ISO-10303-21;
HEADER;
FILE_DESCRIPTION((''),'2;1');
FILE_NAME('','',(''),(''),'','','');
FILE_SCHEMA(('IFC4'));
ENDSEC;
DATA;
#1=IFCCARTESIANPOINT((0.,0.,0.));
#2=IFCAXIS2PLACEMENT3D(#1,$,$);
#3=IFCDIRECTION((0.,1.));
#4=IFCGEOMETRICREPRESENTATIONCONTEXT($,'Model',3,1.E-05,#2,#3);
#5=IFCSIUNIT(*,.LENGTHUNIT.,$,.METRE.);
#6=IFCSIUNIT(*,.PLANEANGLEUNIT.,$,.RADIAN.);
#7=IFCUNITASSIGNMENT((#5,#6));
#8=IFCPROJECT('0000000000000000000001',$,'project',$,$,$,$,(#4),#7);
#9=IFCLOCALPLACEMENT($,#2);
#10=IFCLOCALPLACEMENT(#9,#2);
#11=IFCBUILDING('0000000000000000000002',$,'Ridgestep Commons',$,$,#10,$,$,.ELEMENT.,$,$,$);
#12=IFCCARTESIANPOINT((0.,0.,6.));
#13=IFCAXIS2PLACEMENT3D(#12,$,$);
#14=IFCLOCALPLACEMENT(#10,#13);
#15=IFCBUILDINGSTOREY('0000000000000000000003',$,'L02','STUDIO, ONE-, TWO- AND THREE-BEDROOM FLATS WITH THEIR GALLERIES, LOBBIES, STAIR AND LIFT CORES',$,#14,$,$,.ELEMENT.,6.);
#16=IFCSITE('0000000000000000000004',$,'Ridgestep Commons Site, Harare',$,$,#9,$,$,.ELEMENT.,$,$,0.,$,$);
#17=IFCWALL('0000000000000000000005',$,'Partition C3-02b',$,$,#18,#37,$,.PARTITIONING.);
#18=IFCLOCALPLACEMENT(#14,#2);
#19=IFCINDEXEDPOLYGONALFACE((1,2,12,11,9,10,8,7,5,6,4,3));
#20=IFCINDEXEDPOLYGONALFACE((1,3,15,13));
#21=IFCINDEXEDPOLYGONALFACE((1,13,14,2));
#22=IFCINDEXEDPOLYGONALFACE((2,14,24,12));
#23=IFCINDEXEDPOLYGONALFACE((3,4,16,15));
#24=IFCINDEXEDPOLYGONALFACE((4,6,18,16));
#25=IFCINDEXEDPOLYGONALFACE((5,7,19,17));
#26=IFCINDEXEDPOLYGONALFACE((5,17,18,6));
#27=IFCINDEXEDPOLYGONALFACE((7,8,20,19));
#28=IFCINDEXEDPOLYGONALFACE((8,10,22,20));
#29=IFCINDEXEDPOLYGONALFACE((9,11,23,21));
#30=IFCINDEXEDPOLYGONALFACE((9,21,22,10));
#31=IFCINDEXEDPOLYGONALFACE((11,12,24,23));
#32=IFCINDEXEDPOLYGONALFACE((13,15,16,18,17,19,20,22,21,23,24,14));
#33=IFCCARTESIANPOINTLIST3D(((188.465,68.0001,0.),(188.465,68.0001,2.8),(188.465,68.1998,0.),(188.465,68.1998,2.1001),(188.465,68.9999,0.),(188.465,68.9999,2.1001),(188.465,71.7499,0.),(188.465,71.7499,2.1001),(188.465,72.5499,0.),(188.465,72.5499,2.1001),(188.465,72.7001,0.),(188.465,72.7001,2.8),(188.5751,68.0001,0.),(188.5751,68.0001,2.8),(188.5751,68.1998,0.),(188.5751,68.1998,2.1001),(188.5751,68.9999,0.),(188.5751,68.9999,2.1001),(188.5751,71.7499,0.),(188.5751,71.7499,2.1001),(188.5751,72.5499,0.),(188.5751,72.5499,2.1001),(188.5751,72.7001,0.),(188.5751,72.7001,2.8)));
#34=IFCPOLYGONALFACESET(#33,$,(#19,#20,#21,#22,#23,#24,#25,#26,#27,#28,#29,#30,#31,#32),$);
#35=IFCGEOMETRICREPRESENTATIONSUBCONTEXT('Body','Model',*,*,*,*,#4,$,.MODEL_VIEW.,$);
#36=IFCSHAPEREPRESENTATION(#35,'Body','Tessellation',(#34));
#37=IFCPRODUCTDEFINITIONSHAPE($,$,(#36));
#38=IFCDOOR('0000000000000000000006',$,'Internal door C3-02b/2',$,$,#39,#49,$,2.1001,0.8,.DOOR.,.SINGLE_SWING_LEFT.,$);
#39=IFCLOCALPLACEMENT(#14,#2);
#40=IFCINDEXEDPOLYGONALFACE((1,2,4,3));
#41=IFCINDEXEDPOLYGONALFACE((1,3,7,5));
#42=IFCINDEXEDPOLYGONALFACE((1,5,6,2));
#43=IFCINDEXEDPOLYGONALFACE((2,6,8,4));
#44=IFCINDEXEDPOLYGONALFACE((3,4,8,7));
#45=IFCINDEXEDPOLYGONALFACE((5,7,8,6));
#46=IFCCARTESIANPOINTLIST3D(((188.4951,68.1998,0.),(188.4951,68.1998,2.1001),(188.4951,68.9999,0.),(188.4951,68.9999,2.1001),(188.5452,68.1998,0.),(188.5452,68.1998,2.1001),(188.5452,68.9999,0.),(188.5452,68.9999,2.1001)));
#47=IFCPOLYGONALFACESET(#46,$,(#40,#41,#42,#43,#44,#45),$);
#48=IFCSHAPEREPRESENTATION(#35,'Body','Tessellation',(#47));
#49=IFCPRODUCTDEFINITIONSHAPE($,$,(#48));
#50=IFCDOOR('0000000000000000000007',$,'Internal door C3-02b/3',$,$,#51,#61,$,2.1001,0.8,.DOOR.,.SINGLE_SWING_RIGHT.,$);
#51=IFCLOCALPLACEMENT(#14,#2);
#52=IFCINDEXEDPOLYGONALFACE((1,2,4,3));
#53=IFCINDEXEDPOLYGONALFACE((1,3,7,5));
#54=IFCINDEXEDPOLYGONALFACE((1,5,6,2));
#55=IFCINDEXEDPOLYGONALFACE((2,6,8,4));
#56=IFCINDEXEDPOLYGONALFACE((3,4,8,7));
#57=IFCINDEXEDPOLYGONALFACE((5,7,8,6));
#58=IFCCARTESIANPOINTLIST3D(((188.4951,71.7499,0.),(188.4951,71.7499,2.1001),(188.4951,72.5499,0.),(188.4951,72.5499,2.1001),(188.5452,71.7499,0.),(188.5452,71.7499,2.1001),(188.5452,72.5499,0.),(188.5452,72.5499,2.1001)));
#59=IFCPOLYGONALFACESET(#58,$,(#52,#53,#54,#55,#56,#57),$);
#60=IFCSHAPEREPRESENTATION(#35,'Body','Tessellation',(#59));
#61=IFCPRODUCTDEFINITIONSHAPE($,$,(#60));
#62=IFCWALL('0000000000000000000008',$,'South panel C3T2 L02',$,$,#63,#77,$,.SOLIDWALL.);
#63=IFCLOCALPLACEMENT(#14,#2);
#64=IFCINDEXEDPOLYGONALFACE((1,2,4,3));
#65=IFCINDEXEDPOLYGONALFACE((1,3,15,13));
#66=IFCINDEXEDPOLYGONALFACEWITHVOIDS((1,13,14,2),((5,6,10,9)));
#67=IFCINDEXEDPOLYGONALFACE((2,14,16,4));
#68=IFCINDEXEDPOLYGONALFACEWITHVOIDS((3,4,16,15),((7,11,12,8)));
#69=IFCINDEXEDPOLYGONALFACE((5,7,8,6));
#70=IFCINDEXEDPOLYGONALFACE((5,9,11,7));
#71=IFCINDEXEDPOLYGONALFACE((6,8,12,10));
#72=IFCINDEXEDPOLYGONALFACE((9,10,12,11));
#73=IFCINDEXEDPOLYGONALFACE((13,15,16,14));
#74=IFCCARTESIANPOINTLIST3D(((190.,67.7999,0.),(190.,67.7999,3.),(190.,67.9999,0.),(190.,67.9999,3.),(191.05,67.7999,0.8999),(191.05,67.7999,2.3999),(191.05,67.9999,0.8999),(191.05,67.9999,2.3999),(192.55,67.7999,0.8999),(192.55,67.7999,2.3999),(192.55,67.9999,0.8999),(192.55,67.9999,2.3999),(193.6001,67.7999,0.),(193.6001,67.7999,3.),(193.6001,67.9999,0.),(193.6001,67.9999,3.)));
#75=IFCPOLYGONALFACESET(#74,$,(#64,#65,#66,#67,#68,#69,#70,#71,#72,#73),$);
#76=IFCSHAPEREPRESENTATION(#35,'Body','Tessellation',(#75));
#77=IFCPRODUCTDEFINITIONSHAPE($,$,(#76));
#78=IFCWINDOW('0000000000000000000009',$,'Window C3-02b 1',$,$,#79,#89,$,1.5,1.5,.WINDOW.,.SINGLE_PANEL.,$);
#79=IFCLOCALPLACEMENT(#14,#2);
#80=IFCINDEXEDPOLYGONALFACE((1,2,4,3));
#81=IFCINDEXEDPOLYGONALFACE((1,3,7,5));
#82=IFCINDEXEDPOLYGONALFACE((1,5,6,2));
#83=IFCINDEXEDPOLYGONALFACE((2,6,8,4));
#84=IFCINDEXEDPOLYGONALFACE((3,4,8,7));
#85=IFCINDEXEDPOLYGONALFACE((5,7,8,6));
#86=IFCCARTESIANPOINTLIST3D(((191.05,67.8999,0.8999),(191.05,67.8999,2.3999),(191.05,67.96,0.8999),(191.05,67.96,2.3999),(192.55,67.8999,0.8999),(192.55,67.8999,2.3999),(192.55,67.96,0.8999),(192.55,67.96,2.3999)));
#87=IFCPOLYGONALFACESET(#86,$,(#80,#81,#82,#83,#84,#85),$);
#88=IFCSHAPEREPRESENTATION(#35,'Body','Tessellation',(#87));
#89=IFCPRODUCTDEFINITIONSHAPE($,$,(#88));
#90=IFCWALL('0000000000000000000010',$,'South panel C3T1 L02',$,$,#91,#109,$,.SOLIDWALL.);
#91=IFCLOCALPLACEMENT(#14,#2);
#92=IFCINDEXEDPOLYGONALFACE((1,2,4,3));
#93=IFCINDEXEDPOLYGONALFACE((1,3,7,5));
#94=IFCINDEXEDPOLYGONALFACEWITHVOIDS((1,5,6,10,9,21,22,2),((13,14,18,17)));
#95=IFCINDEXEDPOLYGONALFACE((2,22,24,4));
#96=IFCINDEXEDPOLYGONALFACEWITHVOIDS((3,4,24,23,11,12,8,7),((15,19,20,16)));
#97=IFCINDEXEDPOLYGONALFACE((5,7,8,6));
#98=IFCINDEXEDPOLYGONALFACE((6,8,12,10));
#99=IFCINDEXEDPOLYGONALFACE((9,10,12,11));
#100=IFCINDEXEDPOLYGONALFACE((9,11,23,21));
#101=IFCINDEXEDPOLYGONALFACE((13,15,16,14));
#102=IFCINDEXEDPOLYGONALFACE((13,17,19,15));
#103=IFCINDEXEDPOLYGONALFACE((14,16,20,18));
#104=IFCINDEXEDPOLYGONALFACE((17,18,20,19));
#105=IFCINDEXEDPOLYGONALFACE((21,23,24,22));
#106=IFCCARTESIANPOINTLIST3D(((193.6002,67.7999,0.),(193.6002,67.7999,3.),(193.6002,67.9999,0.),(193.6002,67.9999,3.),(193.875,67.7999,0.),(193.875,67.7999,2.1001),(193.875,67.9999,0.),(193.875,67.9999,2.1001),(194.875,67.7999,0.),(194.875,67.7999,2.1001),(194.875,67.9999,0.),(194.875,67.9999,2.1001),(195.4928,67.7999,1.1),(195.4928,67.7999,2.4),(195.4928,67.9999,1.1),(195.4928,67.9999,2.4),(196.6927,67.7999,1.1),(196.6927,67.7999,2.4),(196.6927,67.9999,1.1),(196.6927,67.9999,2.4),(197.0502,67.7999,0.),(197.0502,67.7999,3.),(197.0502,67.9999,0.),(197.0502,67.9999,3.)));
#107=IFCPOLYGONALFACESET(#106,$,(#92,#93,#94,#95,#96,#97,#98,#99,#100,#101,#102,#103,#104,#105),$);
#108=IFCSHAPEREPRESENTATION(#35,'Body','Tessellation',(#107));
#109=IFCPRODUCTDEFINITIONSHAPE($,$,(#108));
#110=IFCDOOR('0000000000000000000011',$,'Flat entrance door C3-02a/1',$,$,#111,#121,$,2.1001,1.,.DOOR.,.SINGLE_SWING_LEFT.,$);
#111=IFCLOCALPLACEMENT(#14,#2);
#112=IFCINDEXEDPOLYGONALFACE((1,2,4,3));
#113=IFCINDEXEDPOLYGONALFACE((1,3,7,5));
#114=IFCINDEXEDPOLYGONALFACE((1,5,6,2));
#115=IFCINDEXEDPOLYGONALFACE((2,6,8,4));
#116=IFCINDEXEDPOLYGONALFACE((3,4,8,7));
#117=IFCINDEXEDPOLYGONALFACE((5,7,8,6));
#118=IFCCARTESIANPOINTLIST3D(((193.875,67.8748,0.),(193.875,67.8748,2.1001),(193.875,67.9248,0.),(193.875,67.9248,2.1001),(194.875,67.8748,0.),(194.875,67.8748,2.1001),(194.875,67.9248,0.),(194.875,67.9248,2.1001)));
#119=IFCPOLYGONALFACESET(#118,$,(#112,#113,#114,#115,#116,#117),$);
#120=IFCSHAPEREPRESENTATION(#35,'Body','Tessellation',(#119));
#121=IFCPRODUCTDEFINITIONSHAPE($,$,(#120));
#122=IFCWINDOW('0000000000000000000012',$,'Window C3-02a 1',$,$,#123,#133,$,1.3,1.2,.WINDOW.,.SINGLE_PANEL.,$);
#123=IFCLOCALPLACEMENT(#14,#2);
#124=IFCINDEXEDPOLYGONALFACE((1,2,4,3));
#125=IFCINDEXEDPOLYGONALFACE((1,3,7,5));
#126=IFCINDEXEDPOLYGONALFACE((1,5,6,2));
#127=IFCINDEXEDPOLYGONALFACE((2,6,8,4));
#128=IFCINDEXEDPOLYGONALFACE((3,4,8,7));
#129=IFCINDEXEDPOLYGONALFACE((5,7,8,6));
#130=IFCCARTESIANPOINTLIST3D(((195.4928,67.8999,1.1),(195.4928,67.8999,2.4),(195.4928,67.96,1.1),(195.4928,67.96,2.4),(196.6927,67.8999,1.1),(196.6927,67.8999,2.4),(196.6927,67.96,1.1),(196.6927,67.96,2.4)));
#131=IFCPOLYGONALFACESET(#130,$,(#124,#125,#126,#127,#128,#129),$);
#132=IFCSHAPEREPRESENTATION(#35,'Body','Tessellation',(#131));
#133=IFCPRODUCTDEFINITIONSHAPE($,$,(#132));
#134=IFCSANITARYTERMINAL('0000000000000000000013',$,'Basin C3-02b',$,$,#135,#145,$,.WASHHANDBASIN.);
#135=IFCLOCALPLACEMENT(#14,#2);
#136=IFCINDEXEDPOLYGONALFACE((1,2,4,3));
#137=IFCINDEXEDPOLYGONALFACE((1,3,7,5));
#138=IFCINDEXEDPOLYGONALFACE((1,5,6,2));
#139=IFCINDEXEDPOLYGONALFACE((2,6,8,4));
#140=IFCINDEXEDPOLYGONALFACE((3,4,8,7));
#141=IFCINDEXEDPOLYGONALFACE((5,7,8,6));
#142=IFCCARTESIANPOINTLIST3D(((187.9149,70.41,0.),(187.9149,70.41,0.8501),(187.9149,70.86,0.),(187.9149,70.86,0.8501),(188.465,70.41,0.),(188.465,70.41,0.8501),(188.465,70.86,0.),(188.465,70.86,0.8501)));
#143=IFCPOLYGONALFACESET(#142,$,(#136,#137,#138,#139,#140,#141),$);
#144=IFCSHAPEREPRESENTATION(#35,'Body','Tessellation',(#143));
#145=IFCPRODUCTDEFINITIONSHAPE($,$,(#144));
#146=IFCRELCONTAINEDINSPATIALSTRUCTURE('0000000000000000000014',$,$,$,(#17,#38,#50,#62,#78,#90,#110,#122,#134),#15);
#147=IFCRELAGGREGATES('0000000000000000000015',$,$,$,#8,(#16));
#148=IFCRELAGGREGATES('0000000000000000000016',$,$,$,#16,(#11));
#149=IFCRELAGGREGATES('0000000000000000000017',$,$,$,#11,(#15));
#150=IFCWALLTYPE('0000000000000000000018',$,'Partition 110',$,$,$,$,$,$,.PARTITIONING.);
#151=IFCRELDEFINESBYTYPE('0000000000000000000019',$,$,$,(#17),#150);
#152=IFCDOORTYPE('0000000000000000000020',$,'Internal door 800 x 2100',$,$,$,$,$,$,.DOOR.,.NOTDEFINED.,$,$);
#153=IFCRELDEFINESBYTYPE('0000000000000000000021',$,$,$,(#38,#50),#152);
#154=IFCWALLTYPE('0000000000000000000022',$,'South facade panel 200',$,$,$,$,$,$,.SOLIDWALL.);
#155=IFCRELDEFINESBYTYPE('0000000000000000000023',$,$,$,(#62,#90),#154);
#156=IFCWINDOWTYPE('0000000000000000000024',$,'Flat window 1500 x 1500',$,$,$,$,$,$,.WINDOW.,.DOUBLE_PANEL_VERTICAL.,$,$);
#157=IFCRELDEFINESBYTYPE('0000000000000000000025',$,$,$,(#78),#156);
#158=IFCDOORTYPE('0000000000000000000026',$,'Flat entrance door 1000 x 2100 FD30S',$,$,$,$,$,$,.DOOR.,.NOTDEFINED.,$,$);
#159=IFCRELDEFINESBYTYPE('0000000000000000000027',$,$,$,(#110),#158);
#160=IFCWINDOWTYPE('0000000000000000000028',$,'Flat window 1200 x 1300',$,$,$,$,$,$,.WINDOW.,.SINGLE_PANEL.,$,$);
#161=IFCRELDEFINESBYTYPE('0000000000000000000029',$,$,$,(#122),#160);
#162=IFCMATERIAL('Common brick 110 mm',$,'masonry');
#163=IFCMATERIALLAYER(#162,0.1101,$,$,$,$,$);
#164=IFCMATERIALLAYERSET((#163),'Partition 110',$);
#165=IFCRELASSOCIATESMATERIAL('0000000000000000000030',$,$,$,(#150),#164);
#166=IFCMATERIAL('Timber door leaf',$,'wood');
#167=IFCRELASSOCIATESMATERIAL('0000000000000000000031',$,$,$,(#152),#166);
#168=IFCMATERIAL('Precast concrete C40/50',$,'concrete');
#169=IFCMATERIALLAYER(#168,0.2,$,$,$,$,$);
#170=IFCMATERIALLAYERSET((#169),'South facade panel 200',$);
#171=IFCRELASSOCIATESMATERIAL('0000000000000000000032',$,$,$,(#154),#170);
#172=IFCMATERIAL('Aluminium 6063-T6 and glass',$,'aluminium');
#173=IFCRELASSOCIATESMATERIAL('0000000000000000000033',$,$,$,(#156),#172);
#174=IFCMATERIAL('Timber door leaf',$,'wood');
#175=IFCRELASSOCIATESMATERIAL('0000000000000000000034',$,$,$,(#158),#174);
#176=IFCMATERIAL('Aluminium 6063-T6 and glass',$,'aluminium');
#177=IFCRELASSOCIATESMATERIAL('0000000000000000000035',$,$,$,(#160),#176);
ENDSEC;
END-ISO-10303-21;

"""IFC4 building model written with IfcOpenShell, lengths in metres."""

from ifc_helpers import new_model, si_unit, direction, frame, frame_2d, origin, origin_2d, place, context, subcontext, project, spatial, rectangle, extrude, material, layer, layer_set, type_object, element, fill, save


model = new_model("IFC4")

# Units and contexts
model_context = context("Model", 3, precision=1e-05, world=origin(), true_north=direction((0.0, 1.0)))
body_context = subcontext(model_context, "Body", "Model", "MODEL_VIEW")
ifc_project = project(units=[si_unit("LENGTHUNIT", "METRE"), si_unit("PLANEANGLEUNIT", "RADIAN")], contexts=[model_context])

# Site, building, storey
site_placement = place(None, origin())
site = spatial("IfcSite", under=ifc_project, at=site_placement, Name="Ridgestep Commons Site, Harare", CompositionType="ELEMENT", RefElevation=0.0)
building_placement = place(site_placement, origin())
building = spatial("IfcBuilding", under=site, at=building_placement, Name="Ridgestep Commons", CompositionType="ELEMENT")
storey_placement = place(building_placement, frame((0.0, 0.0, 6.0)))
storey = spatial("IfcBuildingStorey", under=building, at=storey_placement, Name="L02", Description="STUDIO, ONE-, TWO- AND THREE-BEDROOM FLATS WITH THEIR GALLERIES, LOBBIES, STAIR AND LIFT CORES", CompositionType="ELEMENT", Elevation=6.0)

# Shared definitions
ifc_material_1 = material(Name="Common brick 110 mm", Category="masonry")
ifc_layer_1 = layer(ifc_material_1, 0.1101)
ifc_layer_set_1 = layer_set([ifc_layer_1], Name="Partition 110")
wall_type_1 = type_object("IfcWallType", Name="Partition 110", PredefinedType="PARTITIONING", material=ifc_layer_set_1)
ifc_material_2 = material(Name="Timber door leaf", Category="wood")
door_type_1 = type_object("IfcDoorType", Name="Internal door 800 x 2100", OperationType="NOTDEFINED", PredefinedType="DOOR", material=ifc_material_2)

# Wall, openings, doors
wall_1_placement = place(storey_placement, frame((188.52, 68.0, 0.0), z_axis=(0.0, 0.0, 1.0), x_axis=(0.0, 1.0, 0.0)))
wall_1 = element("IfcWall", 1, at=wall_1_placement, inside=storey, type_object=wall_type_1, Name="Partition C3-02b", PredefinedType="PARTITIONING", context=body_context, shape_type="SweptSolid", body=[
    extrude(rectangle(XDim=4.7, YDim=0.1101, at=frame_2d((2.3501, 0.0))), origin(), (0.0, 0.0, 1.0), 2.8),
])
opening_1_placement = place(wall_1_placement, frame((0.2, 0.0, 0.0)))
opening_1 = element("IfcOpeningElement", 2, at=opening_1_placement, cuts=wall_1, PredefinedType="OPENING", context=body_context, shape_type="SweptSolid", body=[
    extrude(rectangle(XDim=0.8, YDim=2.1001, at=frame_2d((0.3999, 1.05))), frame((0.0, 0.0649, 0.0), z_axis=(0.0, -1.0, 0.0), x_axis=(1.0, 0.0, 0.0)), (0.0, 0.0, 1.0), 0.1301),
])
opening_2_placement = place(wall_1_placement, frame((3.75, 0.0, 0.0)))
opening_2 = element("IfcOpeningElement", 3, at=opening_2_placement, cuts=wall_1, PredefinedType="OPENING", context=body_context, shape_type="SweptSolid", body=[
    extrude(rectangle(XDim=0.8, YDim=2.1001, at=frame_2d((0.3999, 1.05))), frame((0.0, 0.0649, 0.0), z_axis=(0.0, -1.0, 0.0), x_axis=(1.0, 0.0, 0.0)), (0.0, 0.0, 1.0), 0.1301),
])
door_1_placement = place(opening_1_placement, origin())
door_1 = element("IfcDoor", 4, at=door_1_placement, inside=storey, type_object=door_type_1, Name="Internal door C3-02b/2", OperationType="SINGLE_SWING_LEFT", OverallHeight=2.1001, OverallWidth=0.8, PredefinedType="DOOR", context=body_context, shape_type="SweptSolid", body=[
    extrude(rectangle(XDim=0.8, YDim=2.1001, at=frame_2d((0.3999, 1.05))), frame((0.0, 0.0249, 0.0), z_axis=(0.0, -1.0, 0.0), x_axis=(1.0, 0.0, 0.0)), (0.0, 0.0, 1.0), 0.05),
])
fill(opening_1, door_1)
door_2_placement = place(opening_2_placement, origin())
door_2 = element("IfcDoor", 5, at=door_2_placement, inside=storey, type_object=door_type_1, Name="Internal door C3-02b/3", OperationType="SINGLE_SWING_RIGHT", OverallHeight=2.1001, OverallWidth=0.8, PredefinedType="DOOR", context=body_context, shape_type="SweptSolid", body=[
    extrude(rectangle(XDim=0.8, YDim=2.1001, at=frame_2d((0.3999, 1.05))), frame((0.0, 0.0249, 0.0), z_axis=(0.0, -1.0, 0.0), x_axis=(1.0, 0.0, 0.0)), (0.0, 0.0, 1.0), 0.05),
])
fill(opening_2, door_2)

# Wall, opening, window
ifc_material_3 = material(Name="Precast concrete C40/50", Category="concrete")
ifc_layer_2 = layer(ifc_material_3, 0.2)
ifc_layer_set_2 = layer_set([ifc_layer_2], Name="South facade panel 200")
wall_type_2 = type_object("IfcWallType", Name="South facade panel 200", PredefinedType="SOLIDWALL", material=ifc_layer_set_2)
wall_2_placement = place(storey_placement, frame((190.0, 67.8999, 0.0), z_axis=(0.0, 0.0, 1.0), x_axis=(1.0, 0.0, 0.0)))
wall_2 = element("IfcWall", 6, at=wall_2_placement, inside=storey, type_object=wall_type_2, Name="South panel C3T2 L02", PredefinedType="SOLIDWALL", context=body_context, shape_type="SweptSolid", body=[
    extrude(rectangle(XDim=3.6001, YDim=0.2, at=frame_2d((1.8, 0.0))), origin(), (0.0, 0.0, 1.0), 3.0),
])
opening_3_placement = place(wall_2_placement, frame((1.05, 0.0, 0.8999)))
opening_3 = element("IfcOpeningElement", 7, at=opening_3_placement, cuts=wall_2, PredefinedType="OPENING", context=body_context, shape_type="SweptSolid", body=[
    extrude(rectangle(XDim=1.5, YDim=1.5, at=frame_2d((0.75, 0.75))), frame((0.0, 0.1099, 0.0), z_axis=(0.0, -1.0, 0.0), x_axis=(1.0, 0.0, 0.0)), (0.0, 0.0, 1.0), 0.22),
])
ifc_material_4 = material(Name="Aluminium 6063-T6 and glass", Category="aluminium")
window_type_1 = type_object("IfcWindowType", Name="Flat window 1500 x 1500", PartitioningType="DOUBLE_PANEL_VERTICAL", PredefinedType="WINDOW", material=ifc_material_4)
window_1_placement = place(opening_3_placement, origin())
window_1 = element("IfcWindow", 8, at=window_1_placement, inside=storey, type_object=window_type_1, Name="Window C3-02b 1", OverallHeight=1.5, OverallWidth=1.5, PartitioningType="SINGLE_PANEL", PredefinedType="WINDOW", context=body_context, shape_type="SweptSolid", body=[
    extrude(rectangle(XDim=1.5, YDim=1.5, at=frame_2d((0.75, 0.75))), frame((0.0, 0.0601, 0.0), z_axis=(0.0, -1.0, 0.0), x_axis=(1.0, 0.0, 0.0)), (0.0, 0.0, 1.0), 0.0601),
])
fill(opening_3, window_1)

# Wall, openings, door, window
wall_3_placement = place(storey_placement, frame((193.6001, 67.8999, 0.0), z_axis=(0.0, 0.0, 1.0), x_axis=(1.0, 0.0, 0.0)))
wall_3 = element("IfcWall", 9, at=wall_3_placement, inside=storey, type_object=wall_type_2, Name="South panel C3T1 L02", PredefinedType="SOLIDWALL", context=body_context, shape_type="SweptSolid", body=[
    extrude(rectangle(XDim=3.45, YDim=0.2, at=frame_2d((1.7251, 0.0))), origin(), (0.0, 0.0, 1.0), 3.0),
])
opening_4_placement = place(wall_3_placement, frame((1.8926, 0.0, 1.1001)))
opening_4 = element("IfcOpeningElement", 10, at=opening_4_placement, cuts=wall_3, PredefinedType="OPENING", context=body_context, shape_type="SweptSolid", body=[
    extrude(rectangle(XDim=1.2, YDim=1.3, at=frame_2d((0.6001, 0.6499))), frame((0.0, 0.1099, 0.0), z_axis=(0.0, -1.0, 0.0), x_axis=(1.0, 0.0, 0.0)), (0.0, 0.0, 1.0), 0.22),
])
opening_5_placement = place(wall_3_placement, frame((0.2749, 0.0, 0.0)))
opening_5 = element("IfcOpeningElement", 11, at=opening_5_placement, cuts=wall_3, PredefinedType="OPENING", context=body_context, shape_type="SweptSolid", body=[
    extrude(rectangle(XDim=1.0, YDim=2.1001, at=frame_2d((0.5, 1.05))), frame((0.0, 0.1099, 0.0), z_axis=(0.0, -1.0, 0.0), x_axis=(1.0, 0.0, 0.0)), (0.0, 0.0, 1.0), 0.22),
])
ifc_material_5 = material(Name="Timber door leaf", Category="wood")
door_type_2 = type_object("IfcDoorType", Name="Flat entrance door 1000 x 2100 FD30S", OperationType="NOTDEFINED", PredefinedType="DOOR", material=ifc_material_5)
door_3_placement = place(opening_5_placement, origin())
door_3 = element("IfcDoor", 12, at=door_3_placement, inside=storey, type_object=door_type_2, Name="Flat entrance door C3-02a/1", OperationType="SINGLE_SWING_LEFT", OverallHeight=2.1001, OverallWidth=1.0, PredefinedType="DOOR", context=body_context, shape_type="SweptSolid", body=[
    extrude(rectangle(XDim=1.0, YDim=2.1001, at=frame_2d((0.5, 1.05))), frame((0.0, 0.0249, 0.0), z_axis=(0.0, -1.0, 0.0), x_axis=(1.0, 0.0, 0.0)), (0.0, 0.0, 1.0), 0.05),
])
fill(opening_5, door_3)
ifc_material_6 = material(Name="Aluminium 6063-T6 and glass", Category="aluminium")
window_type_2 = type_object("IfcWindowType", Name="Flat window 1200 x 1300", PartitioningType="SINGLE_PANEL", PredefinedType="WINDOW", material=ifc_material_6)
window_2_placement = place(opening_4_placement, origin())
window_2 = element("IfcWindow", 13, at=window_2_placement, inside=storey, type_object=window_type_2, Name="Window C3-02a 1", OverallHeight=1.3, OverallWidth=1.2, PartitioningType="SINGLE_PANEL", PredefinedType="WINDOW", context=body_context, shape_type="SweptSolid", body=[
    extrude(rectangle(XDim=1.2, YDim=1.3, at=frame_2d((0.6001, 0.6499))), frame((0.0, 0.0601, 0.0), z_axis=(0.0, -1.0, 0.0), x_axis=(1.0, 0.0, 0.0)), (0.0, 0.0, 1.0), 0.0601),
])
fill(opening_4, window_2)

# Sanitary terminal
sanitary_terminal_placement = place(storey_placement, frame((188.1899, 70.635, 0.0), z_axis=(0.0, 0.0, 1.0), x_axis=(1.0, 0.0, 0.0)))
element("IfcSanitaryTerminal", 14, at=sanitary_terminal_placement, inside=storey, Name="Basin C3-02b", PredefinedType="WASHHANDBASIN", context=body_context, shape_type="SweptSolid", body=[
    extrude(rectangle(XDim=0.55, YDim=0.45, at=origin_2d()), origin(), (0.0, 0.0, 1.0), 0.8501),
])

save(model, "model.ifc")
